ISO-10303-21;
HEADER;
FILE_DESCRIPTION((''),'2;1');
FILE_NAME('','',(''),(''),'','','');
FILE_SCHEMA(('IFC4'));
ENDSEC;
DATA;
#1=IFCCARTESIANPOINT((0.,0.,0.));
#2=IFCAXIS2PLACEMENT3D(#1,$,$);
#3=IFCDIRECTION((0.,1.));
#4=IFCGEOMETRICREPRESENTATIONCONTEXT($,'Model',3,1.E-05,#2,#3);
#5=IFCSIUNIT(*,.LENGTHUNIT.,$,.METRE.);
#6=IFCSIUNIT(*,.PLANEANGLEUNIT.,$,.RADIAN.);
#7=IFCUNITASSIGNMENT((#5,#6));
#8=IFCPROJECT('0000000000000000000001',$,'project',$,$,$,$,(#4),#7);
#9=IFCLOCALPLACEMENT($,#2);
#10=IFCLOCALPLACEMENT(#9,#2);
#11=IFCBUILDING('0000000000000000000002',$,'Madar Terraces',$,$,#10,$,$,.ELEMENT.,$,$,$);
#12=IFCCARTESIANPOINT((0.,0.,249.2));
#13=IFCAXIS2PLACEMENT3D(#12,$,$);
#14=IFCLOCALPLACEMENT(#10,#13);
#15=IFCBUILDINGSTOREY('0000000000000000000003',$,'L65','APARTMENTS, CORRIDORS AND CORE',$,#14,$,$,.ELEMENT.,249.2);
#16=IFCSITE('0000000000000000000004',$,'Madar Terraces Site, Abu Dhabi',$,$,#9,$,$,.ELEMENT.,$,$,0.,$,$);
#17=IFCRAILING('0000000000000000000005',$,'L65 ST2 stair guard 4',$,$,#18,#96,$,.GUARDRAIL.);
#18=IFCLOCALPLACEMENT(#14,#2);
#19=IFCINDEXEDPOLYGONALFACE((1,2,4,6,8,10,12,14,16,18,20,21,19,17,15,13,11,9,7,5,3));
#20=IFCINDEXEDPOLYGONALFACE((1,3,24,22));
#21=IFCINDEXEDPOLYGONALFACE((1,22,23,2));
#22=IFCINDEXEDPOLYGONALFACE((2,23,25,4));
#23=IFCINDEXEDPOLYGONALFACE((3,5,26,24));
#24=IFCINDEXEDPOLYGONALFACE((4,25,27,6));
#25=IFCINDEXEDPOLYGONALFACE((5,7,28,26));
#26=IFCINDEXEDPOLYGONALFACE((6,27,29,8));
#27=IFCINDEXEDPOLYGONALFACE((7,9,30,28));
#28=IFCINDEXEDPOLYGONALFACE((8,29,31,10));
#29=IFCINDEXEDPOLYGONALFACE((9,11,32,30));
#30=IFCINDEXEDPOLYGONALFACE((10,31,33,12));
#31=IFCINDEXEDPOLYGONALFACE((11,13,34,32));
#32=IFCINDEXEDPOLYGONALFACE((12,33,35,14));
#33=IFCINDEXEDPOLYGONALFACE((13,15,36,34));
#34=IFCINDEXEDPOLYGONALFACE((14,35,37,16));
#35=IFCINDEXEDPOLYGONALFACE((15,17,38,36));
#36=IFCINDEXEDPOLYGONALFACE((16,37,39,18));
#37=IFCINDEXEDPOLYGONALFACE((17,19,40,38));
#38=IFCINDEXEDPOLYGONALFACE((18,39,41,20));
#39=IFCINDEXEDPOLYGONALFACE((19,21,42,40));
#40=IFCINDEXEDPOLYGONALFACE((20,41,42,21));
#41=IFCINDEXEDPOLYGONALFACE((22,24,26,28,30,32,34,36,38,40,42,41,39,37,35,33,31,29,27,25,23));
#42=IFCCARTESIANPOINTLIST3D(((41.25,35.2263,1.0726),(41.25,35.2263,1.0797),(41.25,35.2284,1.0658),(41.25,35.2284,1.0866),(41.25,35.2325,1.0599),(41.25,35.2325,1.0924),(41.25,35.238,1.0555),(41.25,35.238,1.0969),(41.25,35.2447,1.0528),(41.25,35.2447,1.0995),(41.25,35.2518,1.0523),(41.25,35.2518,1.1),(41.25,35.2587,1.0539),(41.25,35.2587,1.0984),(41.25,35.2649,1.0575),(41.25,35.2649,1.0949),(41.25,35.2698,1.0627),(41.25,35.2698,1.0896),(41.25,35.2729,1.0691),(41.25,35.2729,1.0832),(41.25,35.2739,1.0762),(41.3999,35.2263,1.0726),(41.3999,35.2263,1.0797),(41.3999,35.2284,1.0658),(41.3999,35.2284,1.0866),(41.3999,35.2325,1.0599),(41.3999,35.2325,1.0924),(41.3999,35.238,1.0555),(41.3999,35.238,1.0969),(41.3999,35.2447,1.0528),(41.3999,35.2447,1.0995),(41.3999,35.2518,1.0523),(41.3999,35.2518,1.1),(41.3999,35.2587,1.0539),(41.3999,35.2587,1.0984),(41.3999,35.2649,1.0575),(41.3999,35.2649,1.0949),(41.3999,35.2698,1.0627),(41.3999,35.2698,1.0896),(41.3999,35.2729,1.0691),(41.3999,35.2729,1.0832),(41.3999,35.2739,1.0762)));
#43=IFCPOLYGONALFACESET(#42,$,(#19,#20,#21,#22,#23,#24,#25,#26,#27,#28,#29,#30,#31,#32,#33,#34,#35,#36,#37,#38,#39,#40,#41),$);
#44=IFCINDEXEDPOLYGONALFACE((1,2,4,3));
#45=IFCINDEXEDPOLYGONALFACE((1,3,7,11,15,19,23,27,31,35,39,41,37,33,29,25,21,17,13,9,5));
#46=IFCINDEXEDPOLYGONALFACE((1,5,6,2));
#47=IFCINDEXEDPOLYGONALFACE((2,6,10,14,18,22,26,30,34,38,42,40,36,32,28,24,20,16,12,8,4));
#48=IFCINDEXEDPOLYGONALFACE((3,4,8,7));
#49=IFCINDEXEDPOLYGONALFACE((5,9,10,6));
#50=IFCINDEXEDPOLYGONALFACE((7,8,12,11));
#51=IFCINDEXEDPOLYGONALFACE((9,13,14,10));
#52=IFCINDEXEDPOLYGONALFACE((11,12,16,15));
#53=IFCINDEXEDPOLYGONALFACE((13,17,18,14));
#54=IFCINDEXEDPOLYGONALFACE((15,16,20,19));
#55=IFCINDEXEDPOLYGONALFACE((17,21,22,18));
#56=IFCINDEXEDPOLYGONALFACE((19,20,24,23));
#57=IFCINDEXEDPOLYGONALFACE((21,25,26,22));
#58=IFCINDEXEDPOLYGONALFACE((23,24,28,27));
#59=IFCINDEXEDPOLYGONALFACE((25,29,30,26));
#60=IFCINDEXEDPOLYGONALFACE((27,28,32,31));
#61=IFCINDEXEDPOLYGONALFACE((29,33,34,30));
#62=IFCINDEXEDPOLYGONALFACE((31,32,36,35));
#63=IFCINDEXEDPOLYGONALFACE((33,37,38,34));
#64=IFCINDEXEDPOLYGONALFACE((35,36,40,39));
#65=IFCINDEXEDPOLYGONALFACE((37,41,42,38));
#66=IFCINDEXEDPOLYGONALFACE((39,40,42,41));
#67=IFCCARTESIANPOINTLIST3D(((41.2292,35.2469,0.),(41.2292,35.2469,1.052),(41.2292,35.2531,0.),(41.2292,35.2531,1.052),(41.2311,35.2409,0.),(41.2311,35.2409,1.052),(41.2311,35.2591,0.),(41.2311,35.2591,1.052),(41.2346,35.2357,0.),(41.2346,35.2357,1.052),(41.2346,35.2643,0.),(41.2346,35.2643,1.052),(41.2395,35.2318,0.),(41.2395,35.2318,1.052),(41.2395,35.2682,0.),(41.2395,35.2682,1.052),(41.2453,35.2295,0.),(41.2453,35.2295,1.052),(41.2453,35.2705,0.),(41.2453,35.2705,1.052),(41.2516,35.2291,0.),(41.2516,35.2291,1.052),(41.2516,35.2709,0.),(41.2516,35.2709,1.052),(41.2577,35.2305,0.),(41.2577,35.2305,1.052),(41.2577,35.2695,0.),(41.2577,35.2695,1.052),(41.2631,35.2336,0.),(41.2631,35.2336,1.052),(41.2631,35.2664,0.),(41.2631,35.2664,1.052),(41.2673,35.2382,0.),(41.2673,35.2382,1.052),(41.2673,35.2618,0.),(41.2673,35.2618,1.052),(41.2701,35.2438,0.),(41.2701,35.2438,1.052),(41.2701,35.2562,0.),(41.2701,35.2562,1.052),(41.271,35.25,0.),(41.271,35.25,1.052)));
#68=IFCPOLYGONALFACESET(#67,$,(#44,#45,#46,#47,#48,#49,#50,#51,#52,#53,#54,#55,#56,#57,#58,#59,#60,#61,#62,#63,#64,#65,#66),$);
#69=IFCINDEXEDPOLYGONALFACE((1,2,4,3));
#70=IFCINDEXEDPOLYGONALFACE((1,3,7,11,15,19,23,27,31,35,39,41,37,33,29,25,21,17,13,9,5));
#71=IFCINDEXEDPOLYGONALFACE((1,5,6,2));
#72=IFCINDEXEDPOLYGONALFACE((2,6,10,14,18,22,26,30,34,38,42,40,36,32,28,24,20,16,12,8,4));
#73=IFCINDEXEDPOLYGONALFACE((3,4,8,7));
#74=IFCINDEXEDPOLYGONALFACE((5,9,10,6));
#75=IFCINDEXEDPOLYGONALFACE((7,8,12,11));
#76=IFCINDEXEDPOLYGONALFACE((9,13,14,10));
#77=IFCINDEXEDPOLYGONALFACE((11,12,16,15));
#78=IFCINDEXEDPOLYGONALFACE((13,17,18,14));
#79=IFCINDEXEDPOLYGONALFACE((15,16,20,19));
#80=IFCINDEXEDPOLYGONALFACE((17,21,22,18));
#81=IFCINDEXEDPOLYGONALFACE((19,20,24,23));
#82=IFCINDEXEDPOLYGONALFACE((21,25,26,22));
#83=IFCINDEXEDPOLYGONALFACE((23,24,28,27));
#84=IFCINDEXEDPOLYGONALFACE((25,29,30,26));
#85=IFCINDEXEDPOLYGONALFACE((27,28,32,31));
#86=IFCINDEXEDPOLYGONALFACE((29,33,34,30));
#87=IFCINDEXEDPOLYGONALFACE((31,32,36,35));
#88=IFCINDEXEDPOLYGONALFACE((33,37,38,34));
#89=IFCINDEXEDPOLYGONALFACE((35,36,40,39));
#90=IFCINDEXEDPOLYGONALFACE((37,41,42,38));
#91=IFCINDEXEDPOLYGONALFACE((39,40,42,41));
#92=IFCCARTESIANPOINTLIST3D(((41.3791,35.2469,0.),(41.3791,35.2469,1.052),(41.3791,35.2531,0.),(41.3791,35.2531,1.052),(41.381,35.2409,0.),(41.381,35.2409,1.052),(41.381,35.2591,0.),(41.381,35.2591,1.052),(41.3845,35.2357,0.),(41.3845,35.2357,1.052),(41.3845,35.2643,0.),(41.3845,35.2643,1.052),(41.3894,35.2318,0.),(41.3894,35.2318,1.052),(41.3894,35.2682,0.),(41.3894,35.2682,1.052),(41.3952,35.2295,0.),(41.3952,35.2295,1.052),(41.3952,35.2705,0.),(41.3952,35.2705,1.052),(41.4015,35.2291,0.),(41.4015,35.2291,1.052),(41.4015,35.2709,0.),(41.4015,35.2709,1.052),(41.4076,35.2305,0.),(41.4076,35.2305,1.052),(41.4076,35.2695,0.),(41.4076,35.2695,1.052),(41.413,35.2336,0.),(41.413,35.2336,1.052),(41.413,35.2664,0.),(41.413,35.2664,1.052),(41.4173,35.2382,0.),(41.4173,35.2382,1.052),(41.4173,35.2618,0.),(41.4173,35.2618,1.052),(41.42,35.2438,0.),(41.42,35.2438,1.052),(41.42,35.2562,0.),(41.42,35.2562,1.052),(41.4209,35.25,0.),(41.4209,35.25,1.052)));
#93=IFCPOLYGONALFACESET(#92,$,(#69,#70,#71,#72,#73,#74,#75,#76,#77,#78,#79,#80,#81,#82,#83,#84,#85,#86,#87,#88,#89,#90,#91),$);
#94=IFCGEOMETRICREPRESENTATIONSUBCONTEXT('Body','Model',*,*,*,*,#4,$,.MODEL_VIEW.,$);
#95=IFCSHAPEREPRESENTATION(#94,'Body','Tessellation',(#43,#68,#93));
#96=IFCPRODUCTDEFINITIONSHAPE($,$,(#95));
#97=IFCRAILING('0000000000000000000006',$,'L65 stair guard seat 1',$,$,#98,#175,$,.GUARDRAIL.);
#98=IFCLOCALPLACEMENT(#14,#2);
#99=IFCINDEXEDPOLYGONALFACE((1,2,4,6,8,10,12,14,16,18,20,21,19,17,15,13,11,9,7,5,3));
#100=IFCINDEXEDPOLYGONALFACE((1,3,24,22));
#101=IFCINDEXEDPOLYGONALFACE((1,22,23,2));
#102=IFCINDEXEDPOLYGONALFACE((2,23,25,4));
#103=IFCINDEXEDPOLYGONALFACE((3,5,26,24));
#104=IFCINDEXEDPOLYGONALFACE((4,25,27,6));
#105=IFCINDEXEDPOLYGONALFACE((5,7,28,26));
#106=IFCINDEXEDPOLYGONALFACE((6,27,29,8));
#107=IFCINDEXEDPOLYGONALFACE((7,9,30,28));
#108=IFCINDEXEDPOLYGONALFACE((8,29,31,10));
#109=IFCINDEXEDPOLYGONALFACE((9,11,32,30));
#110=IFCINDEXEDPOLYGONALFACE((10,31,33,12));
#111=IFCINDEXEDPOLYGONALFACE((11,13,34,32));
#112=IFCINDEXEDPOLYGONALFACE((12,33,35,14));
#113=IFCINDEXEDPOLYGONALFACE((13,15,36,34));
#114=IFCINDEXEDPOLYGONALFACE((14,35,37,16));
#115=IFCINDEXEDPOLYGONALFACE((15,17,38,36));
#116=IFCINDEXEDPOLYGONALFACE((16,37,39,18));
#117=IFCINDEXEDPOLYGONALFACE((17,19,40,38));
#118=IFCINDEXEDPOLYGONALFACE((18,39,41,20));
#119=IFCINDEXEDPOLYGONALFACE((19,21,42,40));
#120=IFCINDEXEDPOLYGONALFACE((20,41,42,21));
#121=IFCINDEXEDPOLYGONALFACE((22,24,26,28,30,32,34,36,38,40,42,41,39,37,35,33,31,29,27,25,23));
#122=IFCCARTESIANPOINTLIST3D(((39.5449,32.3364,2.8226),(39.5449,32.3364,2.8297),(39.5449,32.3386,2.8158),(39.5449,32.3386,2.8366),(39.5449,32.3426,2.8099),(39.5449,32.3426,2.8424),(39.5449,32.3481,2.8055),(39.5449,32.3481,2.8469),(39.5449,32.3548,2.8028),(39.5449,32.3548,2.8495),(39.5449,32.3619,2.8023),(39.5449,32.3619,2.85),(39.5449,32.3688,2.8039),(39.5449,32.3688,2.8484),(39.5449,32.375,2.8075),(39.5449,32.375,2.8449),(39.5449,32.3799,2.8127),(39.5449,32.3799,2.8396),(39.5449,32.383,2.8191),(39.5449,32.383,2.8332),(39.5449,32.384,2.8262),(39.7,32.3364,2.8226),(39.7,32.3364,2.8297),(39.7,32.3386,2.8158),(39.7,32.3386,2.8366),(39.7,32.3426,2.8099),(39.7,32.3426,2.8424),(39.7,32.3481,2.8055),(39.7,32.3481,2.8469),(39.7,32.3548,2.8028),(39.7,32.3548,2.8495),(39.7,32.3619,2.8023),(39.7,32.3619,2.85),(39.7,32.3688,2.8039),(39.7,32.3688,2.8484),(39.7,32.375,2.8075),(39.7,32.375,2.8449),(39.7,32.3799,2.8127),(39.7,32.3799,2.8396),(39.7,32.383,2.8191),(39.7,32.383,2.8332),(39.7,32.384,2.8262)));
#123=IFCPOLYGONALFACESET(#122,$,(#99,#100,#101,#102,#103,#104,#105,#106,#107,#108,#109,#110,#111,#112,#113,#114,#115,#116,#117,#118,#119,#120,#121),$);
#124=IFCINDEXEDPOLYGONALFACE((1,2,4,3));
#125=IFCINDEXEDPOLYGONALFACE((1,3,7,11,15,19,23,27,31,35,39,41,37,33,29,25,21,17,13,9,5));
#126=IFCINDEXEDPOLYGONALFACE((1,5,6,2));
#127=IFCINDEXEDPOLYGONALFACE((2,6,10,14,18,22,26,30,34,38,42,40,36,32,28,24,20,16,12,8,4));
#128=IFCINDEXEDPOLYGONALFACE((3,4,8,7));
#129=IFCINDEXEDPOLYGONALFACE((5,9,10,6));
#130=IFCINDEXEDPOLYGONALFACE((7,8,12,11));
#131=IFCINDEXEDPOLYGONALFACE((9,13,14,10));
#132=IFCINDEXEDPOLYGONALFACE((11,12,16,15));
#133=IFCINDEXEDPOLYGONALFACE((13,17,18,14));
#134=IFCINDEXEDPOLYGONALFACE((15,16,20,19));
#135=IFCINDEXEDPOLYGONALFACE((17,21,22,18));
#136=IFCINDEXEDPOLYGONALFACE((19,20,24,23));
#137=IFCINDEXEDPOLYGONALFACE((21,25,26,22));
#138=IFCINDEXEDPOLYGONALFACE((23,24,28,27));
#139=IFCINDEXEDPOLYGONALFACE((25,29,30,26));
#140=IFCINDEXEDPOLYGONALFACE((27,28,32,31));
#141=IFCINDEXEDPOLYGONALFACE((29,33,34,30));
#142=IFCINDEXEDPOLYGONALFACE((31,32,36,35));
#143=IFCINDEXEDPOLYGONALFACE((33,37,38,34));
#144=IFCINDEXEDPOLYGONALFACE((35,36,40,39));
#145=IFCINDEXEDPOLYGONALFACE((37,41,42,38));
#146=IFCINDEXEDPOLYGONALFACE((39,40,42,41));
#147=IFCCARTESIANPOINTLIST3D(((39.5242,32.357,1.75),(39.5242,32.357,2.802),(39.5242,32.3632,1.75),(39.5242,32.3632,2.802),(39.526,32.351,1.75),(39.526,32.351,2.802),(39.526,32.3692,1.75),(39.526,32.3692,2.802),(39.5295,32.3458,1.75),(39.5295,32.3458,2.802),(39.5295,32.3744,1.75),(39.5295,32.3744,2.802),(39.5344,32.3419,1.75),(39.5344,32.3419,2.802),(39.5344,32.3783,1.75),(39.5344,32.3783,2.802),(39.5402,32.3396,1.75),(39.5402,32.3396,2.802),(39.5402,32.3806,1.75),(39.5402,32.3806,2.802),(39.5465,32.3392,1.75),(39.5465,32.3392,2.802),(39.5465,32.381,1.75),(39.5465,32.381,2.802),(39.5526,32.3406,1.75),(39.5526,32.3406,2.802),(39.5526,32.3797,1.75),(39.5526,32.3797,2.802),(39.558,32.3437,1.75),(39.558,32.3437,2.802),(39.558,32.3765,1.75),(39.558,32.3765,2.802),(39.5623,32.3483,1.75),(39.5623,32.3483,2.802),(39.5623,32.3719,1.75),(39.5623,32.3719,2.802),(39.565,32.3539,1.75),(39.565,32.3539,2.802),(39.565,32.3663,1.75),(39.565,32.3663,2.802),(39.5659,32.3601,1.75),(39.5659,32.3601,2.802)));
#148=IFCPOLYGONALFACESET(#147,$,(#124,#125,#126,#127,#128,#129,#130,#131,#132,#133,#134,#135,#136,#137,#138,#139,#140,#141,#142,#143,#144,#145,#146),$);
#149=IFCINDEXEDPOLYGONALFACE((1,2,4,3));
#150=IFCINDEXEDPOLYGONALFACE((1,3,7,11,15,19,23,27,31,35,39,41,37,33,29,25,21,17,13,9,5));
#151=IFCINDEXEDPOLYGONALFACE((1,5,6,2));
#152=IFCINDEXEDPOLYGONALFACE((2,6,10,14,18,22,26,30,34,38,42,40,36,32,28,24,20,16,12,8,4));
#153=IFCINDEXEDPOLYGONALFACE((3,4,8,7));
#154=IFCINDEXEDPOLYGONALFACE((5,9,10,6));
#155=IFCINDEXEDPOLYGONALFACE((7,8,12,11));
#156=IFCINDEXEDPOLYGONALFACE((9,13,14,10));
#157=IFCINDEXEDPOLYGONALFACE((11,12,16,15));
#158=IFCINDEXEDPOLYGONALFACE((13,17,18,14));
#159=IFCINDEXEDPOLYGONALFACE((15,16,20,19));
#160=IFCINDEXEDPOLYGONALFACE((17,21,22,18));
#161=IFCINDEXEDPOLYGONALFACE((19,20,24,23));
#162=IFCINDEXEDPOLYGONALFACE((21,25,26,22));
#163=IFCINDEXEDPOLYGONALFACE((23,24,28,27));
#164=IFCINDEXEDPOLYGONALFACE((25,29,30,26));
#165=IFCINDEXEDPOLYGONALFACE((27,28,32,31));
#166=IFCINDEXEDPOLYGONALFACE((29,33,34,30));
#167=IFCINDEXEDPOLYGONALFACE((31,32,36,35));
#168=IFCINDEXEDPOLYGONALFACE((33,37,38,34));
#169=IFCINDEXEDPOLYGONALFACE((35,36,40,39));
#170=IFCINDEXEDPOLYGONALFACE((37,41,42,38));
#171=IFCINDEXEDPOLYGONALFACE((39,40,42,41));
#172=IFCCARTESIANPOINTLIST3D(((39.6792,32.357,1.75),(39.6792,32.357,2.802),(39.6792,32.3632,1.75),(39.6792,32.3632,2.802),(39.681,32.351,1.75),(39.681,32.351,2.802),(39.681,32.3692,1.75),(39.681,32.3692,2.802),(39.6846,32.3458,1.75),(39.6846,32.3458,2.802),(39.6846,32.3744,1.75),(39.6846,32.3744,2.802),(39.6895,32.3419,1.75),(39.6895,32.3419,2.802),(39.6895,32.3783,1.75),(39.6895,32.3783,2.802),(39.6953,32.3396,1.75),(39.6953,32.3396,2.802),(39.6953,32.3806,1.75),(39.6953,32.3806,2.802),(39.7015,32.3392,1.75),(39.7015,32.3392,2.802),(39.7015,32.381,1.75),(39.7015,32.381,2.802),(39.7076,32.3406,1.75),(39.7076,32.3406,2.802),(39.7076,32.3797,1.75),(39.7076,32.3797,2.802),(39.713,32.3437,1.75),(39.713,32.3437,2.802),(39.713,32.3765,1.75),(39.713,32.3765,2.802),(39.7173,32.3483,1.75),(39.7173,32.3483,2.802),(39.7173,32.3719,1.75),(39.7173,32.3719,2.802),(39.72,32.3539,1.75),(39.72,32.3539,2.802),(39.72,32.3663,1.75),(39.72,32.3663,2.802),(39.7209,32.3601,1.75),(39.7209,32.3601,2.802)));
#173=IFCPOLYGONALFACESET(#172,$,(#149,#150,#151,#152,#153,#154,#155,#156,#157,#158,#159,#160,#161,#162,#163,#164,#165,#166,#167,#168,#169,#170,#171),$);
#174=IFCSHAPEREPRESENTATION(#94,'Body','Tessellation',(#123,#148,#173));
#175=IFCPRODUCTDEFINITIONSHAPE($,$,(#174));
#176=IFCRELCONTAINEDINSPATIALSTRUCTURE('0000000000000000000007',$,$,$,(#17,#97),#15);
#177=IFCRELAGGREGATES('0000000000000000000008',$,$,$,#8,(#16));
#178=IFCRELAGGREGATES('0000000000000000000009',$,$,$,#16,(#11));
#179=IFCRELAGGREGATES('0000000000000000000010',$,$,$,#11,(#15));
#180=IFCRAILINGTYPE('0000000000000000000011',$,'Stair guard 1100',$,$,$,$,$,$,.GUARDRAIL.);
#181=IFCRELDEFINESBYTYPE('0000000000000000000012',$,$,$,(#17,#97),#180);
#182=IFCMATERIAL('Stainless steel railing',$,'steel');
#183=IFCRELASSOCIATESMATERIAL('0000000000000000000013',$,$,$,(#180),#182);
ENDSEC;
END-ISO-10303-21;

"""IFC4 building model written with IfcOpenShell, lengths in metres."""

from ifc_helpers import new_model, si_unit, direction, frame, origin, origin_2d, place, context, subcontext, project, spatial, circle, extrude, material, type_object, element, save


model = new_model("IFC4")

# Units and contexts
model_context = context("Model", 3, precision=1e-05, world=origin(), true_north=direction((0.0, 1.0)))
body_context = subcontext(model_context, "Body", "Model", "MODEL_VIEW")
ifc_project = project(units=[si_unit("LENGTHUNIT", "METRE"), si_unit("PLANEANGLEUNIT", "RADIAN")], contexts=[model_context])

# Site, building, storey
site_placement = place(None, origin())
site = spatial("IfcSite", under=ifc_project, at=site_placement, Name="Madar Terraces Site, Abu Dhabi", CompositionType="ELEMENT", RefElevation=0.0)
building_placement = place(site_placement, origin())
building = spatial("IfcBuilding", under=site, at=building_placement, Name="Madar Terraces", CompositionType="ELEMENT")
storey_placement = place(building_placement, frame((0.0, 0.0, 249.2)))
storey = spatial("IfcBuildingStorey", under=building, at=storey_placement, Name="L65", Description="APARTMENTS, CORRIDORS AND CORE", CompositionType="ELEMENT", Elevation=249.2)

# Railings
ifc_material_1 = material(Name="Stainless steel railing", Category="steel")
railing_type_1 = type_object("IfcRailingType", Name="Stair guard 1100", PredefinedType="GUARDRAIL", material=ifc_material_1)
railing_1_placement = place(storey_placement, frame((41.25, 35.25, 0.0)))
element("IfcRailing", 1, at=railing_1_placement, inside=storey, type_object=railing_type_1, Name="L65 ST2 stair guard 4", PredefinedType="GUARDRAIL", context=body_context, shape_type="SweptSolid", body=[
    extrude(circle(Radius=0.0239, at=origin_2d()), frame((0.0, 0.0, 1.0762), z_axis=(1.0, 0.0, 0.0), x_axis=(0.0, 1.0, 0.0)), (0.0, 0.0, 1.0), 0.1499),
    extrude(circle(Radius=0.021, at=origin_2d()), origin(), (0.0, 0.0, 1.0), 1.052),
    extrude(circle(Radius=0.021, at=origin_2d()), frame((0.1499, 0.0, 0.0)), (0.0, 0.0, 1.0), 1.052),
])
for number, where, name in (
    (2, (39.5449, 32.3601, 1.75), "L65 stair guard seat 1"),
):
    element("IfcRailing", number, at=place(storey_placement, frame(where)), inside=storey, type_object=railing_type_1, Name=name, PredefinedType="GUARDRAIL", context=body_context, shape_type="SweptSolid", body=[
        extrude(circle(Radius=0.0239, at=origin_2d()), frame((0.0, 0.0, 1.0762), z_axis=(1.0, 0.0, 0.0), x_axis=(0.0, 1.0, 0.0)), (0.0, 0.0, 1.0), 0.155),
        extrude(circle(Radius=0.021, at=origin_2d()), origin(), (0.0, 0.0, 1.0), 1.052),
        extrude(circle(Radius=0.021, at=origin_2d()), frame((0.155, 0.0, 0.0)), (0.0, 0.0, 1.0), 1.052),
    ])

save(model, "model.ifc")
